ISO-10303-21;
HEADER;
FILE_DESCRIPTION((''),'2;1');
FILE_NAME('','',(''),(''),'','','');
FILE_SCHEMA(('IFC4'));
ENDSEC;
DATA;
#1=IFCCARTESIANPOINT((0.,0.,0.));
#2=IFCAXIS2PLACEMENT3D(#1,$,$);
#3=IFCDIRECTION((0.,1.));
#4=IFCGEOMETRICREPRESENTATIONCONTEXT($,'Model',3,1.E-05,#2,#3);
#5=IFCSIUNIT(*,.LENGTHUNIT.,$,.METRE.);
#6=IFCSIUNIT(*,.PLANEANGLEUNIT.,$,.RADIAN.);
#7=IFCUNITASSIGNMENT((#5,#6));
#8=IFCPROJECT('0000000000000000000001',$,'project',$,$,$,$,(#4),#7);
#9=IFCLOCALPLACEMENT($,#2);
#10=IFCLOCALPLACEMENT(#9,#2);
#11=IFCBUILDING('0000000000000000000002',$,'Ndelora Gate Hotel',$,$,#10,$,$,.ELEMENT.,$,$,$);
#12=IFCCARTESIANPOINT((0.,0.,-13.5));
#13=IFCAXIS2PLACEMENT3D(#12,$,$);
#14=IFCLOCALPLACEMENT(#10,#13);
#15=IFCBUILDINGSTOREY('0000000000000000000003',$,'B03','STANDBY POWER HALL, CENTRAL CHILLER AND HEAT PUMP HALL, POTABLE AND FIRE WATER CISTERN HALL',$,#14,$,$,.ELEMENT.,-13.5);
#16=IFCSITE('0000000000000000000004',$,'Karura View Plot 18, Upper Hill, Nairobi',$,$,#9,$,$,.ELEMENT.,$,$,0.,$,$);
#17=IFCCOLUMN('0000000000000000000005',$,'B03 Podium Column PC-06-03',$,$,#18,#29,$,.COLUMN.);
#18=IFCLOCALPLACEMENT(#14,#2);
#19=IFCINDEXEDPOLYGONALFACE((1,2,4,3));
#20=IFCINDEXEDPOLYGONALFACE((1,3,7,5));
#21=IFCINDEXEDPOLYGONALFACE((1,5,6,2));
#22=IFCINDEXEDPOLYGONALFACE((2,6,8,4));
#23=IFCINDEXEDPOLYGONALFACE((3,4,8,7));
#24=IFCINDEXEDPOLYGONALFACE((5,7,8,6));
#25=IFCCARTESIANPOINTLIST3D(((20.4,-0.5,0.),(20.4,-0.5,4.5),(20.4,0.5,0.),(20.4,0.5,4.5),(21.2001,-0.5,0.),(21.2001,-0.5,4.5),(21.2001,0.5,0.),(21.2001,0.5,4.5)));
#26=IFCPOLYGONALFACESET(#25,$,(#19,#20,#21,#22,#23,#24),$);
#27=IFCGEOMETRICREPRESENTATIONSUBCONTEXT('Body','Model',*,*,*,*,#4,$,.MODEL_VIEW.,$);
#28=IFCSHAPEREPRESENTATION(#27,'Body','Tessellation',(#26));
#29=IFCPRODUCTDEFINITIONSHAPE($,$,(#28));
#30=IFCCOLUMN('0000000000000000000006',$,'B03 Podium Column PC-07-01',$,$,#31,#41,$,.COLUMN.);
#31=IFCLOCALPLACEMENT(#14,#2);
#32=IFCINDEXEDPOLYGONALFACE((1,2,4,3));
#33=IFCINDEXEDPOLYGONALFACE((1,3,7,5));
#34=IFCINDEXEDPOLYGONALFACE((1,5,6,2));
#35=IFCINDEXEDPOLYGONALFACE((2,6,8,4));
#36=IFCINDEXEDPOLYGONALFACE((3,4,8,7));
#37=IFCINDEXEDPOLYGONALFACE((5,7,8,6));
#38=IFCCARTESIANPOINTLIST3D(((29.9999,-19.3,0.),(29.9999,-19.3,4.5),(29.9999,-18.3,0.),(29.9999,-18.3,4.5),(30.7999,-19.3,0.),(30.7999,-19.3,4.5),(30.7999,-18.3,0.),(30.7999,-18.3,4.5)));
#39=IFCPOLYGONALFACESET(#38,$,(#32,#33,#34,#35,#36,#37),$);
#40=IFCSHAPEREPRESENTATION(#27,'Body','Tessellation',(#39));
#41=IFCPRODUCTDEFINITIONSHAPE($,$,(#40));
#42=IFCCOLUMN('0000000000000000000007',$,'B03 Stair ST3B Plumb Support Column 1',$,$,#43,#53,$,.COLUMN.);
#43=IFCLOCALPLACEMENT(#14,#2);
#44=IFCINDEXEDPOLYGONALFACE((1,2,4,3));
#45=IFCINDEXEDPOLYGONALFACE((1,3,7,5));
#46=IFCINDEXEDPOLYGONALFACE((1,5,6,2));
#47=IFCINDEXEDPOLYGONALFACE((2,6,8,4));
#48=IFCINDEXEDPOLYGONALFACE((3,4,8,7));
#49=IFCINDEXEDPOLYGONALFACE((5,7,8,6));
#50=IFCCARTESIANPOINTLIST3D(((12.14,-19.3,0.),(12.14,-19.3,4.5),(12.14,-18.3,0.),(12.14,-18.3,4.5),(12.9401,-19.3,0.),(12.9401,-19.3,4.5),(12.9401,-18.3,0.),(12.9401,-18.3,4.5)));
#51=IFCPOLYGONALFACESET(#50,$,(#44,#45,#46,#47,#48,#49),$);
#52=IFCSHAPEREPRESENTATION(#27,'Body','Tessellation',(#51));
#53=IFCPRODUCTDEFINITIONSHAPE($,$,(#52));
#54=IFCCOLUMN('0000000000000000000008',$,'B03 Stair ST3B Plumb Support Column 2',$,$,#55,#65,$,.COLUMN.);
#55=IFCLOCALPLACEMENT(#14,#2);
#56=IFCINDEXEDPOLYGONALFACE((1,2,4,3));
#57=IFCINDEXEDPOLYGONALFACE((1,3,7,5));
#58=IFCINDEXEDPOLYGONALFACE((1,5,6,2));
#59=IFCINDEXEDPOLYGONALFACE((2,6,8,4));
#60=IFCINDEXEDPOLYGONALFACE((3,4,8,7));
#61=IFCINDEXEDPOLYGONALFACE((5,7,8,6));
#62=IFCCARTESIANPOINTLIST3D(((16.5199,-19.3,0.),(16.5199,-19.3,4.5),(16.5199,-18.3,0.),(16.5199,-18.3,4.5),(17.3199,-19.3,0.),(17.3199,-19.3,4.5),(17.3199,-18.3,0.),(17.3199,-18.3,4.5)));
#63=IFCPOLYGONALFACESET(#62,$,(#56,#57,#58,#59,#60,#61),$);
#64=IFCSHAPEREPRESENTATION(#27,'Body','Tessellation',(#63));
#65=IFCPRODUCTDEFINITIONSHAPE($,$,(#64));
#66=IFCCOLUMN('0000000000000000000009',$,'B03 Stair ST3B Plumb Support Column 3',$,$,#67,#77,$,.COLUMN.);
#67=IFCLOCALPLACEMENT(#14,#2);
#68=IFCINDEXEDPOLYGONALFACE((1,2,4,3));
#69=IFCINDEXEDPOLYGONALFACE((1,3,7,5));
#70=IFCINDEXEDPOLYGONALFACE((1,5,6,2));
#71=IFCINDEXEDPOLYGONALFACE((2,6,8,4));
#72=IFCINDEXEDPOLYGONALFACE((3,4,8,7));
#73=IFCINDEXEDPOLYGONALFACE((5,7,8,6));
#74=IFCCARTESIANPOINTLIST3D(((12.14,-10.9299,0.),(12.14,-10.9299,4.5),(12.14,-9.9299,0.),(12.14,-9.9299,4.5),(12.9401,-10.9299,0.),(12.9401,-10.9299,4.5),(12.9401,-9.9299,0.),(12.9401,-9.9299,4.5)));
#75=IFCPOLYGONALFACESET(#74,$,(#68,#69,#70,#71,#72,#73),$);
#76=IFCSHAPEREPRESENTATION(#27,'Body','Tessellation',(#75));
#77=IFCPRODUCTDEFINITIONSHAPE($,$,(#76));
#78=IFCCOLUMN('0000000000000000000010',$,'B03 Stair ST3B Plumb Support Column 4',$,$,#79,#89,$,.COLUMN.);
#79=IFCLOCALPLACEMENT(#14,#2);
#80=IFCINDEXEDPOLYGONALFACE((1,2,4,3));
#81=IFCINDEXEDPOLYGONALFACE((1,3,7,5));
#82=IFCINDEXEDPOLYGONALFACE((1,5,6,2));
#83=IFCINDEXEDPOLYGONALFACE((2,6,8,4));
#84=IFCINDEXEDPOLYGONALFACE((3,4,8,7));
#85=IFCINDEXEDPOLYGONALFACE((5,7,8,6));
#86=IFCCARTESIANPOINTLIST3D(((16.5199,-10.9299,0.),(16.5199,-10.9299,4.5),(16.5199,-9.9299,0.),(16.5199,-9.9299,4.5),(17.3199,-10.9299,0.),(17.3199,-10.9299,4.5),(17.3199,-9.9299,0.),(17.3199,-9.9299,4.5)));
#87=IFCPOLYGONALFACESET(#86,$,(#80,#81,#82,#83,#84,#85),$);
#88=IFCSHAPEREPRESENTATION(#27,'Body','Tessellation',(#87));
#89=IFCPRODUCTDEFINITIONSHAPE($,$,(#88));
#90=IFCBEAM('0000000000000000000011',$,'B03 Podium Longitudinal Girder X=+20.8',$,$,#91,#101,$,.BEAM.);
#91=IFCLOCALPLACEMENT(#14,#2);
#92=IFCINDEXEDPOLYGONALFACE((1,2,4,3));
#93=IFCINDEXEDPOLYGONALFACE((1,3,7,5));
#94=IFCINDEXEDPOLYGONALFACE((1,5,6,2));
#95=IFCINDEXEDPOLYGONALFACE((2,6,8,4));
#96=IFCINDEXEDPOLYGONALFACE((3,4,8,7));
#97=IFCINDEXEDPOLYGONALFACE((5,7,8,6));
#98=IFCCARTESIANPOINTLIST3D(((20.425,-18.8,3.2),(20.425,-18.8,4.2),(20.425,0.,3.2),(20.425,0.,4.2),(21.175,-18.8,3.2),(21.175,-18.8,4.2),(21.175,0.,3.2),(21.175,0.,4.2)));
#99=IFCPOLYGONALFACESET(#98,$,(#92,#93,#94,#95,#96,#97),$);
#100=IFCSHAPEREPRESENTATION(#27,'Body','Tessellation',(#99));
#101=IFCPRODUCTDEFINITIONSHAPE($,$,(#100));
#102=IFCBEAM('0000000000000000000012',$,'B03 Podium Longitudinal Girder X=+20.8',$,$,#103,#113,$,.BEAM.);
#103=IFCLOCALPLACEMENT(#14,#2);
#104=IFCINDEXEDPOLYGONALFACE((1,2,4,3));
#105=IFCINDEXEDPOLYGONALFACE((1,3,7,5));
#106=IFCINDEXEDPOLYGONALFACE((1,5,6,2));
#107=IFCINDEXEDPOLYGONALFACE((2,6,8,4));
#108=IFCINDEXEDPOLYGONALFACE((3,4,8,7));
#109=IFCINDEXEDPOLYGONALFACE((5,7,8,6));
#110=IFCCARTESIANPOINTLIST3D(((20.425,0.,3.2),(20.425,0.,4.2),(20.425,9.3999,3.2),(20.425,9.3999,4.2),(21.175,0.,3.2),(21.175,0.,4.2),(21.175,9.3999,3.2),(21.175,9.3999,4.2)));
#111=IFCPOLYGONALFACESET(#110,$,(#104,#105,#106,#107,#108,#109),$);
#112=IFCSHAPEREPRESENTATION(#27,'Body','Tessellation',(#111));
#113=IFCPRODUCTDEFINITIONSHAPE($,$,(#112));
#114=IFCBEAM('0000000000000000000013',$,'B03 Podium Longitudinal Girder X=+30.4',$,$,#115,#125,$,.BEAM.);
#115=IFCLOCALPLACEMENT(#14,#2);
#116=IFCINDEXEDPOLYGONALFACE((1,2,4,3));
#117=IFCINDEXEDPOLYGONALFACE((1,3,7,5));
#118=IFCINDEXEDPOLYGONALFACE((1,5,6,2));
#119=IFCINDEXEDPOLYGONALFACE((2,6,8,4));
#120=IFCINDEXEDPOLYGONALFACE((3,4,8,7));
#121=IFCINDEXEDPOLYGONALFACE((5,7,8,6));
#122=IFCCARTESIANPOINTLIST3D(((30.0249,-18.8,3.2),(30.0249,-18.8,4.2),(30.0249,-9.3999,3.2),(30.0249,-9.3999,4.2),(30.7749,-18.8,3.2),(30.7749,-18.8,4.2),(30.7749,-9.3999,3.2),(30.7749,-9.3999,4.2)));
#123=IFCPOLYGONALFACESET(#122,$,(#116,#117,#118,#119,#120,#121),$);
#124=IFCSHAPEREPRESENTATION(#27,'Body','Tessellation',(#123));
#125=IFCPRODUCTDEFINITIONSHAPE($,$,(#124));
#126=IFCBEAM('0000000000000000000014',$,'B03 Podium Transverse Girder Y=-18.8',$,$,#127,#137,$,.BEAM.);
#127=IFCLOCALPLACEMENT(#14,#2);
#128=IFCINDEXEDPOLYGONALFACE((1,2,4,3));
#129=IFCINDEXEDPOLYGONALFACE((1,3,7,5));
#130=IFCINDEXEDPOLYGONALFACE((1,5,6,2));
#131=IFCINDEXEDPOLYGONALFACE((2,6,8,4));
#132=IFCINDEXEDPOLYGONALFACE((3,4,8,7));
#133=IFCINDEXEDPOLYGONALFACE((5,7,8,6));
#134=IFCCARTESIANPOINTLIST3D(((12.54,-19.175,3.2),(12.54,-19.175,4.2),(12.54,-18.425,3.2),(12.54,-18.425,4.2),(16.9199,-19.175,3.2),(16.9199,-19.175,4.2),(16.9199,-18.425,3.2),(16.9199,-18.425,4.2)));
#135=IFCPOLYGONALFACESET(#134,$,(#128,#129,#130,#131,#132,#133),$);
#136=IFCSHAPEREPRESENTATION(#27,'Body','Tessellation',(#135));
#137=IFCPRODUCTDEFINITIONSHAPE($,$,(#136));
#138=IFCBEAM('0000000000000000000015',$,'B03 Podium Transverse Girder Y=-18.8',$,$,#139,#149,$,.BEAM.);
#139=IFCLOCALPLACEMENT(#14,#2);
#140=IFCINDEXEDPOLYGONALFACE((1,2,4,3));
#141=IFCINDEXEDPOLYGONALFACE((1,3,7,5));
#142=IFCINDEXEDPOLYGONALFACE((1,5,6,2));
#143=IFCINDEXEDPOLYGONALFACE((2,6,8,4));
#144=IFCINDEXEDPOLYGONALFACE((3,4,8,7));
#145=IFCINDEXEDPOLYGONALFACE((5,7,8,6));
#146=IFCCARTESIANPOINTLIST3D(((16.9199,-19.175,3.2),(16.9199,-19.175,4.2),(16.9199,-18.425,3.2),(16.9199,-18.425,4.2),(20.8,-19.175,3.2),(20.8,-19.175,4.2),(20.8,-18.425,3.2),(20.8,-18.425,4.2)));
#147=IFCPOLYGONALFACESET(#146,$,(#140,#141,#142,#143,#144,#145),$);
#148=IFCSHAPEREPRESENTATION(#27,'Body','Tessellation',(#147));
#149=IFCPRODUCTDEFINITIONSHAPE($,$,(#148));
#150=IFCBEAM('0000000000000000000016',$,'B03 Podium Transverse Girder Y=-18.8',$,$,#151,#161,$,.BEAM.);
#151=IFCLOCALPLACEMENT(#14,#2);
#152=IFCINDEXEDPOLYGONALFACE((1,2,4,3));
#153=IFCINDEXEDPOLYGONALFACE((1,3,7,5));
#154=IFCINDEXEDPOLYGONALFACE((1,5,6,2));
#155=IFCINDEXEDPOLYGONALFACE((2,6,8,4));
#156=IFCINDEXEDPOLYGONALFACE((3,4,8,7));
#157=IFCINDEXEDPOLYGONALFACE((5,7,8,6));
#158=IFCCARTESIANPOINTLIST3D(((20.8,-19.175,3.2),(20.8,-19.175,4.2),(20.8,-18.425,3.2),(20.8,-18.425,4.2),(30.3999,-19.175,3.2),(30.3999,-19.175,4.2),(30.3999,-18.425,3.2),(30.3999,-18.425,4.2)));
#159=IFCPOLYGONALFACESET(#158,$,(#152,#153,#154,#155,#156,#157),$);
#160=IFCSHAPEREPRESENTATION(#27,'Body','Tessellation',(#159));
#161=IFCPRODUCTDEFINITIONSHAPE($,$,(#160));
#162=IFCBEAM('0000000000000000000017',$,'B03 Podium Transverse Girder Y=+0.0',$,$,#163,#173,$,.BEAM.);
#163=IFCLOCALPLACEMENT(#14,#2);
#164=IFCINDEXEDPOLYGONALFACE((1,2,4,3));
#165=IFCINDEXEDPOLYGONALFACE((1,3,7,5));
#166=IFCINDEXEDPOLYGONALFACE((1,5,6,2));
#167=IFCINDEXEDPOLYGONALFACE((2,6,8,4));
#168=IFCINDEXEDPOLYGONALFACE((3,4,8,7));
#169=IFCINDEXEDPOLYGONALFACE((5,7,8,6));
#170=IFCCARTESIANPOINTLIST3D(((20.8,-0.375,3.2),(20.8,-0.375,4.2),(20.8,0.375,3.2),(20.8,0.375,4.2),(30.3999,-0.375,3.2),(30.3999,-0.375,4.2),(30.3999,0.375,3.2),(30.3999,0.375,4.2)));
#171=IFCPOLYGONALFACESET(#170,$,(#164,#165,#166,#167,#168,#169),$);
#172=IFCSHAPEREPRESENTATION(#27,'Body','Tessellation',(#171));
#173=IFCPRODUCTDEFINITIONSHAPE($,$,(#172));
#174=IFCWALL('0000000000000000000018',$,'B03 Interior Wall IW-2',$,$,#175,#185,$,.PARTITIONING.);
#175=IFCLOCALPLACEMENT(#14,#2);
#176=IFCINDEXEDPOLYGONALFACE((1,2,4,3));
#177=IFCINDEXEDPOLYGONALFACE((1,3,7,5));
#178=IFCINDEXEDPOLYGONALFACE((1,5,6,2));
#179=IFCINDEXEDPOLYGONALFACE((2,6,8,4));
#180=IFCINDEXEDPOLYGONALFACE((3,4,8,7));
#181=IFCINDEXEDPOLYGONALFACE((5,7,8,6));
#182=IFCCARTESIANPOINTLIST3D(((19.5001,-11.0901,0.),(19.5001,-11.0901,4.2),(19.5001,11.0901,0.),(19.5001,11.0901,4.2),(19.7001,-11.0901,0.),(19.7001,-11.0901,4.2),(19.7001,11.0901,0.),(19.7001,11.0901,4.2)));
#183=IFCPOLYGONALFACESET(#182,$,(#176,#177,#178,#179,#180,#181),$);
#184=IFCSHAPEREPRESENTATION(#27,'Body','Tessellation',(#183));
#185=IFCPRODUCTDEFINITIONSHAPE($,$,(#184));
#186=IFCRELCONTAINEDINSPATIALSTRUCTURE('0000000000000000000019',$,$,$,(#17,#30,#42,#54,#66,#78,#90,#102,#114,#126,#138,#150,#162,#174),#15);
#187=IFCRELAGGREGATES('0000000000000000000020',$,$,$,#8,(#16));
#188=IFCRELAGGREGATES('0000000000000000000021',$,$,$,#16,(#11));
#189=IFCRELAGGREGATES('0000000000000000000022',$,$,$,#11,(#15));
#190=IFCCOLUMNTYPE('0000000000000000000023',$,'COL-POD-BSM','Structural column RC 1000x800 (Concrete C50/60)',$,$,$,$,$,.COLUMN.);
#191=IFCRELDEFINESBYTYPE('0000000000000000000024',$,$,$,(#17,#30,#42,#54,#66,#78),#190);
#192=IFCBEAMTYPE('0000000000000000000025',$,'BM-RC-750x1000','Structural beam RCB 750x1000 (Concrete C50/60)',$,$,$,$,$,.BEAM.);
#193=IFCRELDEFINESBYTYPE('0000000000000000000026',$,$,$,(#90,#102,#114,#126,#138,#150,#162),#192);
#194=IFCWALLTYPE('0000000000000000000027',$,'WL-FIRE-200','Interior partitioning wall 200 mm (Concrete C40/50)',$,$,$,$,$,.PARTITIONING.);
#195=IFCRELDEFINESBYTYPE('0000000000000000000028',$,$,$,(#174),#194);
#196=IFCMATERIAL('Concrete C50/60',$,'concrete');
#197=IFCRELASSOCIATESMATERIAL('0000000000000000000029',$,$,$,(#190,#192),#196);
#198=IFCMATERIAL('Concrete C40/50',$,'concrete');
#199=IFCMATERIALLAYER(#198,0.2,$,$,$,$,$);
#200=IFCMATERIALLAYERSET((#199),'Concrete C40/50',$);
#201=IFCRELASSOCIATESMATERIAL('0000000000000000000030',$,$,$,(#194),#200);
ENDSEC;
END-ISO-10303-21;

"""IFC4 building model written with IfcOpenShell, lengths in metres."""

from ifc_helpers import new_model, si_unit, direction, frame, frame_2d, origin, origin_2d, place, context, subcontext, project, spatial, rectangle, extrude, material, layer, layer_set, material_profile, profile_set, type_object, element, save


model = new_model("IFC4")

# Units and contexts
model_context = context("Model", 3, precision=1e-05, world=origin(), true_north=direction((0.0, 1.0)))
body_context = subcontext(model_context, "Body", "Model", "MODEL_VIEW")
ifc_project = project(units=[si_unit("LENGTHUNIT", "METRE"), si_unit("PLANEANGLEUNIT", "RADIAN")], contexts=[model_context])

# Site, building, storey
site_placement = place(None, origin())
site = spatial("IfcSite", under=ifc_project, at=site_placement, Name="Karura View Plot 18, Upper Hill, Nairobi", CompositionType="ELEMENT", RefElevation=0.0)
building_placement = place(site_placement, origin())
building = spatial("IfcBuilding", under=site, at=building_placement, Name="Ndelora Gate Hotel", CompositionType="ELEMENT")
storey_placement = place(building_placement, frame((0.0, 0.0, -13.5)))
storey = spatial("IfcBuildingStorey", under=building, at=storey_placement, Name="B03", Description="STANDBY POWER HALL, CENTRAL CHILLER AND HEAT PUMP HALL, POTABLE AND FIRE WATER CISTERN HALL", CompositionType="ELEMENT", Elevation=-13.5)

# Shared definitions
ifc_material_1 = material(Name="Concrete C40/50", Category="concrete")

# Columns
ifc_material_2 = material(Name="Concrete C50/60", Category="concrete")
ifc_material_profile_1 = material_profile(ifc_material_2, rectangle(XDim=0.8, YDim=1.0, at=origin_2d()), Name="RC 1000x800")
ifc_profile_set_1 = profile_set([ifc_material_profile_1], Name="Concrete C50/60")
column_type_1 = type_object("IfcColumnType", Name="COL-POD-BSM", Description="Structural column RC 1000x800 (Concrete C50/60)", PredefinedType="COLUMN", material=ifc_profile_set_1)
for number, where, z_axis, x_axis, name in (
    (1, (20.8, 0.0, 0.0), (0.0, 0.0, 1.0), (1.0, 0.0, 0.0), "B03 Podium Column PC-06-03"),
    (2, (30.3999, -18.8, 0.0), (0.0, 0.0, 1.0), (1.0, 0.0, 0.0), "B03 Podium Column PC-07-01"),
    (3, (12.54, -18.8, 0.0), (0.0, 0.0, 1.0), (1.0, 0.0, 0.0), "B03 Stair ST3B Plumb Support Column 1"),
    (4, (16.9199, -18.8, 0.0), (0.0, 0.0, 1.0), (1.0, 0.0, 0.0), "B03 Stair ST3B Plumb Support Column 2"),
    (5, (12.54, -10.4299, 0.0), (0.0, 0.0, 1.0), (1.0, 0.0, 0.0), "B03 Stair ST3B Plumb Support Column 3"),
    (6, (16.9199, -10.4299, 0.0), (0.0, 0.0, 1.0), (1.0, 0.0, 0.0), "B03 Stair ST3B Plumb Support Column 4"),
):
    element("IfcColumn", number, at=place(storey_placement, frame(where, z_axis=z_axis, x_axis=x_axis)), inside=storey, type_object=column_type_1, Name=name, PredefinedType="COLUMN", context=body_context, shape_type="SweptSolid", body=[
        extrude(rectangle(XDim=0.8, YDim=1.0, at=origin_2d()), origin(), (0.0, 0.0, 1.0), 4.5),
    ])

# Beams
ifc_material_profile_2 = material_profile(ifc_material_2, rectangle(XDim=0.75, YDim=1.0, at=origin_2d()), Name="RCB 750x1000")
ifc_profile_set_2 = profile_set([ifc_material_profile_2], Name="Concrete C50/60")
beam_type = type_object("IfcBeamType", Name="BM-RC-750x1000", Description="Structural beam RCB 750x1000 (Concrete C50/60)", PredefinedType="BEAM", material=ifc_profile_set_2)
beam_1_placement = place(storey_placement, frame((20.8, -18.8, 3.7), z_axis=(0.0, 1.0, 0.0), x_axis=(-1.0, 0.0, 0.0)))
element("IfcBeam", 7, at=beam_1_placement, inside=storey, type_object=beam_type, Name="B03 Podium Longitudinal Girder X=+20.8", PredefinedType="BEAM", context=body_context, shape_type="SweptSolid", body=[
    extrude(rectangle(XDim=0.75, YDim=1.0, at=origin_2d()), origin(), (0.0, 0.0, 1.0), 18.8),
])
beam_2_placement = place(storey_placement, frame((20.8, 0.0, 3.7), z_axis=(0.0, 1.0, 0.0), x_axis=(-1.0, 0.0, 0.0)))
element("IfcBeam", 8, at=beam_2_placement, inside=storey, type_object=beam_type, Name="B03 Podium Longitudinal Girder X=+20.8", PredefinedType="BEAM", context=body_context, shape_type="SweptSolid", body=[
    extrude(rectangle(XDim=0.75, YDim=1.0, at=origin_2d()), origin(), (0.0, 0.0, 1.0), 9.3999),
])
beam_3_placement = place(storey_placement, frame((30.3999, -18.8, 3.7), z_axis=(0.0, 1.0, 0.0), x_axis=(-1.0, 0.0, 0.0)))
element("IfcBeam", 9, at=beam_3_placement, inside=storey, type_object=beam_type, Name="B03 Podium Longitudinal Girder X=+30.4", PredefinedType="BEAM", context=body_context, shape_type="SweptSolid", body=[
    extrude(rectangle(XDim=0.75, YDim=1.0, at=origin_2d()), origin(), (0.0, 0.0, 1.0), 9.4001),
])
beam_4_placement = place(storey_placement, frame((12.54, -18.8, 3.7), z_axis=(1.0, 0.0, 0.0), x_axis=(0.0, 1.0, 0.0)))
element("IfcBeam", 10, at=beam_4_placement, inside=storey, type_object=beam_type, Name="B03 Podium Transverse Girder Y=-18.8", PredefinedType="BEAM", context=body_context, shape_type="SweptSolid", body=[
    extrude(rectangle(XDim=0.75, YDim=1.0, at=origin_2d()), origin(), (0.0, 0.0, 1.0), 4.3799),
])
beam_5_placement = place(storey_placement, frame((16.9199, -18.8, 3.7), z_axis=(1.0, 0.0, 0.0), x_axis=(0.0, 1.0, 0.0)))
element("IfcBeam", 11, at=beam_5_placement, inside=storey, type_object=beam_type, Name="B03 Podium Transverse Girder Y=-18.8", PredefinedType="BEAM", context=body_context, shape_type="SweptSolid", body=[
    extrude(rectangle(XDim=0.75, YDim=1.0, at=origin_2d()), origin(), (0.0, 0.0, 1.0), 3.8801),
])
for number, where, z_axis, x_axis, name in (
    (12, (20.8, -18.8, 3.7), (1.0, 0.0, 0.0), (0.0, 1.0, 0.0), "B03 Podium Transverse Girder Y=-18.8"),
    (13, (20.8, 0.0, 3.7), (1.0, 0.0, 0.0), (0.0, 1.0, 0.0), "B03 Podium Transverse Girder Y=+0.0"),
):
    element("IfcBeam", number, at=place(storey_placement, frame(where, z_axis=z_axis, x_axis=x_axis)), inside=storey, type_object=beam_type, Name=name, PredefinedType="BEAM", context=body_context, shape_type="SweptSolid", body=[
        extrude(rectangle(XDim=0.75, YDim=1.0, at=origin_2d()), origin(), (0.0, 0.0, 1.0), 9.5999),
    ])

# Wall
ifc_layer = layer(ifc_material_1, 0.2)
ifc_layer_set = layer_set([ifc_layer], Name="Concrete C40/50")
wall_type = type_object("IfcWallType", Name="WL-FIRE-200", Description="Interior partitioning wall 200 mm (Concrete C40/50)", PredefinedType="PARTITIONING", material=ifc_layer_set)
wall_placement = place(storey_placement, frame((19.6001, -11.0901, 0.0), z_axis=(0.0, 0.0, 1.0), x_axis=(0.0, 1.0, 0.0)))
element("IfcWall", 14, at=wall_placement, inside=storey, type_object=wall_type, Name="B03 Interior Wall IW-2", PredefinedType="PARTITIONING", context=body_context, shape_type="SweptSolid", body=[
    extrude(rectangle(XDim=22.1802, YDim=0.2, at=frame_2d((11.0901, 0.0))), origin(), (0.0, 0.0, 1.0), 4.2),
])

save(model, "model.ifc")
